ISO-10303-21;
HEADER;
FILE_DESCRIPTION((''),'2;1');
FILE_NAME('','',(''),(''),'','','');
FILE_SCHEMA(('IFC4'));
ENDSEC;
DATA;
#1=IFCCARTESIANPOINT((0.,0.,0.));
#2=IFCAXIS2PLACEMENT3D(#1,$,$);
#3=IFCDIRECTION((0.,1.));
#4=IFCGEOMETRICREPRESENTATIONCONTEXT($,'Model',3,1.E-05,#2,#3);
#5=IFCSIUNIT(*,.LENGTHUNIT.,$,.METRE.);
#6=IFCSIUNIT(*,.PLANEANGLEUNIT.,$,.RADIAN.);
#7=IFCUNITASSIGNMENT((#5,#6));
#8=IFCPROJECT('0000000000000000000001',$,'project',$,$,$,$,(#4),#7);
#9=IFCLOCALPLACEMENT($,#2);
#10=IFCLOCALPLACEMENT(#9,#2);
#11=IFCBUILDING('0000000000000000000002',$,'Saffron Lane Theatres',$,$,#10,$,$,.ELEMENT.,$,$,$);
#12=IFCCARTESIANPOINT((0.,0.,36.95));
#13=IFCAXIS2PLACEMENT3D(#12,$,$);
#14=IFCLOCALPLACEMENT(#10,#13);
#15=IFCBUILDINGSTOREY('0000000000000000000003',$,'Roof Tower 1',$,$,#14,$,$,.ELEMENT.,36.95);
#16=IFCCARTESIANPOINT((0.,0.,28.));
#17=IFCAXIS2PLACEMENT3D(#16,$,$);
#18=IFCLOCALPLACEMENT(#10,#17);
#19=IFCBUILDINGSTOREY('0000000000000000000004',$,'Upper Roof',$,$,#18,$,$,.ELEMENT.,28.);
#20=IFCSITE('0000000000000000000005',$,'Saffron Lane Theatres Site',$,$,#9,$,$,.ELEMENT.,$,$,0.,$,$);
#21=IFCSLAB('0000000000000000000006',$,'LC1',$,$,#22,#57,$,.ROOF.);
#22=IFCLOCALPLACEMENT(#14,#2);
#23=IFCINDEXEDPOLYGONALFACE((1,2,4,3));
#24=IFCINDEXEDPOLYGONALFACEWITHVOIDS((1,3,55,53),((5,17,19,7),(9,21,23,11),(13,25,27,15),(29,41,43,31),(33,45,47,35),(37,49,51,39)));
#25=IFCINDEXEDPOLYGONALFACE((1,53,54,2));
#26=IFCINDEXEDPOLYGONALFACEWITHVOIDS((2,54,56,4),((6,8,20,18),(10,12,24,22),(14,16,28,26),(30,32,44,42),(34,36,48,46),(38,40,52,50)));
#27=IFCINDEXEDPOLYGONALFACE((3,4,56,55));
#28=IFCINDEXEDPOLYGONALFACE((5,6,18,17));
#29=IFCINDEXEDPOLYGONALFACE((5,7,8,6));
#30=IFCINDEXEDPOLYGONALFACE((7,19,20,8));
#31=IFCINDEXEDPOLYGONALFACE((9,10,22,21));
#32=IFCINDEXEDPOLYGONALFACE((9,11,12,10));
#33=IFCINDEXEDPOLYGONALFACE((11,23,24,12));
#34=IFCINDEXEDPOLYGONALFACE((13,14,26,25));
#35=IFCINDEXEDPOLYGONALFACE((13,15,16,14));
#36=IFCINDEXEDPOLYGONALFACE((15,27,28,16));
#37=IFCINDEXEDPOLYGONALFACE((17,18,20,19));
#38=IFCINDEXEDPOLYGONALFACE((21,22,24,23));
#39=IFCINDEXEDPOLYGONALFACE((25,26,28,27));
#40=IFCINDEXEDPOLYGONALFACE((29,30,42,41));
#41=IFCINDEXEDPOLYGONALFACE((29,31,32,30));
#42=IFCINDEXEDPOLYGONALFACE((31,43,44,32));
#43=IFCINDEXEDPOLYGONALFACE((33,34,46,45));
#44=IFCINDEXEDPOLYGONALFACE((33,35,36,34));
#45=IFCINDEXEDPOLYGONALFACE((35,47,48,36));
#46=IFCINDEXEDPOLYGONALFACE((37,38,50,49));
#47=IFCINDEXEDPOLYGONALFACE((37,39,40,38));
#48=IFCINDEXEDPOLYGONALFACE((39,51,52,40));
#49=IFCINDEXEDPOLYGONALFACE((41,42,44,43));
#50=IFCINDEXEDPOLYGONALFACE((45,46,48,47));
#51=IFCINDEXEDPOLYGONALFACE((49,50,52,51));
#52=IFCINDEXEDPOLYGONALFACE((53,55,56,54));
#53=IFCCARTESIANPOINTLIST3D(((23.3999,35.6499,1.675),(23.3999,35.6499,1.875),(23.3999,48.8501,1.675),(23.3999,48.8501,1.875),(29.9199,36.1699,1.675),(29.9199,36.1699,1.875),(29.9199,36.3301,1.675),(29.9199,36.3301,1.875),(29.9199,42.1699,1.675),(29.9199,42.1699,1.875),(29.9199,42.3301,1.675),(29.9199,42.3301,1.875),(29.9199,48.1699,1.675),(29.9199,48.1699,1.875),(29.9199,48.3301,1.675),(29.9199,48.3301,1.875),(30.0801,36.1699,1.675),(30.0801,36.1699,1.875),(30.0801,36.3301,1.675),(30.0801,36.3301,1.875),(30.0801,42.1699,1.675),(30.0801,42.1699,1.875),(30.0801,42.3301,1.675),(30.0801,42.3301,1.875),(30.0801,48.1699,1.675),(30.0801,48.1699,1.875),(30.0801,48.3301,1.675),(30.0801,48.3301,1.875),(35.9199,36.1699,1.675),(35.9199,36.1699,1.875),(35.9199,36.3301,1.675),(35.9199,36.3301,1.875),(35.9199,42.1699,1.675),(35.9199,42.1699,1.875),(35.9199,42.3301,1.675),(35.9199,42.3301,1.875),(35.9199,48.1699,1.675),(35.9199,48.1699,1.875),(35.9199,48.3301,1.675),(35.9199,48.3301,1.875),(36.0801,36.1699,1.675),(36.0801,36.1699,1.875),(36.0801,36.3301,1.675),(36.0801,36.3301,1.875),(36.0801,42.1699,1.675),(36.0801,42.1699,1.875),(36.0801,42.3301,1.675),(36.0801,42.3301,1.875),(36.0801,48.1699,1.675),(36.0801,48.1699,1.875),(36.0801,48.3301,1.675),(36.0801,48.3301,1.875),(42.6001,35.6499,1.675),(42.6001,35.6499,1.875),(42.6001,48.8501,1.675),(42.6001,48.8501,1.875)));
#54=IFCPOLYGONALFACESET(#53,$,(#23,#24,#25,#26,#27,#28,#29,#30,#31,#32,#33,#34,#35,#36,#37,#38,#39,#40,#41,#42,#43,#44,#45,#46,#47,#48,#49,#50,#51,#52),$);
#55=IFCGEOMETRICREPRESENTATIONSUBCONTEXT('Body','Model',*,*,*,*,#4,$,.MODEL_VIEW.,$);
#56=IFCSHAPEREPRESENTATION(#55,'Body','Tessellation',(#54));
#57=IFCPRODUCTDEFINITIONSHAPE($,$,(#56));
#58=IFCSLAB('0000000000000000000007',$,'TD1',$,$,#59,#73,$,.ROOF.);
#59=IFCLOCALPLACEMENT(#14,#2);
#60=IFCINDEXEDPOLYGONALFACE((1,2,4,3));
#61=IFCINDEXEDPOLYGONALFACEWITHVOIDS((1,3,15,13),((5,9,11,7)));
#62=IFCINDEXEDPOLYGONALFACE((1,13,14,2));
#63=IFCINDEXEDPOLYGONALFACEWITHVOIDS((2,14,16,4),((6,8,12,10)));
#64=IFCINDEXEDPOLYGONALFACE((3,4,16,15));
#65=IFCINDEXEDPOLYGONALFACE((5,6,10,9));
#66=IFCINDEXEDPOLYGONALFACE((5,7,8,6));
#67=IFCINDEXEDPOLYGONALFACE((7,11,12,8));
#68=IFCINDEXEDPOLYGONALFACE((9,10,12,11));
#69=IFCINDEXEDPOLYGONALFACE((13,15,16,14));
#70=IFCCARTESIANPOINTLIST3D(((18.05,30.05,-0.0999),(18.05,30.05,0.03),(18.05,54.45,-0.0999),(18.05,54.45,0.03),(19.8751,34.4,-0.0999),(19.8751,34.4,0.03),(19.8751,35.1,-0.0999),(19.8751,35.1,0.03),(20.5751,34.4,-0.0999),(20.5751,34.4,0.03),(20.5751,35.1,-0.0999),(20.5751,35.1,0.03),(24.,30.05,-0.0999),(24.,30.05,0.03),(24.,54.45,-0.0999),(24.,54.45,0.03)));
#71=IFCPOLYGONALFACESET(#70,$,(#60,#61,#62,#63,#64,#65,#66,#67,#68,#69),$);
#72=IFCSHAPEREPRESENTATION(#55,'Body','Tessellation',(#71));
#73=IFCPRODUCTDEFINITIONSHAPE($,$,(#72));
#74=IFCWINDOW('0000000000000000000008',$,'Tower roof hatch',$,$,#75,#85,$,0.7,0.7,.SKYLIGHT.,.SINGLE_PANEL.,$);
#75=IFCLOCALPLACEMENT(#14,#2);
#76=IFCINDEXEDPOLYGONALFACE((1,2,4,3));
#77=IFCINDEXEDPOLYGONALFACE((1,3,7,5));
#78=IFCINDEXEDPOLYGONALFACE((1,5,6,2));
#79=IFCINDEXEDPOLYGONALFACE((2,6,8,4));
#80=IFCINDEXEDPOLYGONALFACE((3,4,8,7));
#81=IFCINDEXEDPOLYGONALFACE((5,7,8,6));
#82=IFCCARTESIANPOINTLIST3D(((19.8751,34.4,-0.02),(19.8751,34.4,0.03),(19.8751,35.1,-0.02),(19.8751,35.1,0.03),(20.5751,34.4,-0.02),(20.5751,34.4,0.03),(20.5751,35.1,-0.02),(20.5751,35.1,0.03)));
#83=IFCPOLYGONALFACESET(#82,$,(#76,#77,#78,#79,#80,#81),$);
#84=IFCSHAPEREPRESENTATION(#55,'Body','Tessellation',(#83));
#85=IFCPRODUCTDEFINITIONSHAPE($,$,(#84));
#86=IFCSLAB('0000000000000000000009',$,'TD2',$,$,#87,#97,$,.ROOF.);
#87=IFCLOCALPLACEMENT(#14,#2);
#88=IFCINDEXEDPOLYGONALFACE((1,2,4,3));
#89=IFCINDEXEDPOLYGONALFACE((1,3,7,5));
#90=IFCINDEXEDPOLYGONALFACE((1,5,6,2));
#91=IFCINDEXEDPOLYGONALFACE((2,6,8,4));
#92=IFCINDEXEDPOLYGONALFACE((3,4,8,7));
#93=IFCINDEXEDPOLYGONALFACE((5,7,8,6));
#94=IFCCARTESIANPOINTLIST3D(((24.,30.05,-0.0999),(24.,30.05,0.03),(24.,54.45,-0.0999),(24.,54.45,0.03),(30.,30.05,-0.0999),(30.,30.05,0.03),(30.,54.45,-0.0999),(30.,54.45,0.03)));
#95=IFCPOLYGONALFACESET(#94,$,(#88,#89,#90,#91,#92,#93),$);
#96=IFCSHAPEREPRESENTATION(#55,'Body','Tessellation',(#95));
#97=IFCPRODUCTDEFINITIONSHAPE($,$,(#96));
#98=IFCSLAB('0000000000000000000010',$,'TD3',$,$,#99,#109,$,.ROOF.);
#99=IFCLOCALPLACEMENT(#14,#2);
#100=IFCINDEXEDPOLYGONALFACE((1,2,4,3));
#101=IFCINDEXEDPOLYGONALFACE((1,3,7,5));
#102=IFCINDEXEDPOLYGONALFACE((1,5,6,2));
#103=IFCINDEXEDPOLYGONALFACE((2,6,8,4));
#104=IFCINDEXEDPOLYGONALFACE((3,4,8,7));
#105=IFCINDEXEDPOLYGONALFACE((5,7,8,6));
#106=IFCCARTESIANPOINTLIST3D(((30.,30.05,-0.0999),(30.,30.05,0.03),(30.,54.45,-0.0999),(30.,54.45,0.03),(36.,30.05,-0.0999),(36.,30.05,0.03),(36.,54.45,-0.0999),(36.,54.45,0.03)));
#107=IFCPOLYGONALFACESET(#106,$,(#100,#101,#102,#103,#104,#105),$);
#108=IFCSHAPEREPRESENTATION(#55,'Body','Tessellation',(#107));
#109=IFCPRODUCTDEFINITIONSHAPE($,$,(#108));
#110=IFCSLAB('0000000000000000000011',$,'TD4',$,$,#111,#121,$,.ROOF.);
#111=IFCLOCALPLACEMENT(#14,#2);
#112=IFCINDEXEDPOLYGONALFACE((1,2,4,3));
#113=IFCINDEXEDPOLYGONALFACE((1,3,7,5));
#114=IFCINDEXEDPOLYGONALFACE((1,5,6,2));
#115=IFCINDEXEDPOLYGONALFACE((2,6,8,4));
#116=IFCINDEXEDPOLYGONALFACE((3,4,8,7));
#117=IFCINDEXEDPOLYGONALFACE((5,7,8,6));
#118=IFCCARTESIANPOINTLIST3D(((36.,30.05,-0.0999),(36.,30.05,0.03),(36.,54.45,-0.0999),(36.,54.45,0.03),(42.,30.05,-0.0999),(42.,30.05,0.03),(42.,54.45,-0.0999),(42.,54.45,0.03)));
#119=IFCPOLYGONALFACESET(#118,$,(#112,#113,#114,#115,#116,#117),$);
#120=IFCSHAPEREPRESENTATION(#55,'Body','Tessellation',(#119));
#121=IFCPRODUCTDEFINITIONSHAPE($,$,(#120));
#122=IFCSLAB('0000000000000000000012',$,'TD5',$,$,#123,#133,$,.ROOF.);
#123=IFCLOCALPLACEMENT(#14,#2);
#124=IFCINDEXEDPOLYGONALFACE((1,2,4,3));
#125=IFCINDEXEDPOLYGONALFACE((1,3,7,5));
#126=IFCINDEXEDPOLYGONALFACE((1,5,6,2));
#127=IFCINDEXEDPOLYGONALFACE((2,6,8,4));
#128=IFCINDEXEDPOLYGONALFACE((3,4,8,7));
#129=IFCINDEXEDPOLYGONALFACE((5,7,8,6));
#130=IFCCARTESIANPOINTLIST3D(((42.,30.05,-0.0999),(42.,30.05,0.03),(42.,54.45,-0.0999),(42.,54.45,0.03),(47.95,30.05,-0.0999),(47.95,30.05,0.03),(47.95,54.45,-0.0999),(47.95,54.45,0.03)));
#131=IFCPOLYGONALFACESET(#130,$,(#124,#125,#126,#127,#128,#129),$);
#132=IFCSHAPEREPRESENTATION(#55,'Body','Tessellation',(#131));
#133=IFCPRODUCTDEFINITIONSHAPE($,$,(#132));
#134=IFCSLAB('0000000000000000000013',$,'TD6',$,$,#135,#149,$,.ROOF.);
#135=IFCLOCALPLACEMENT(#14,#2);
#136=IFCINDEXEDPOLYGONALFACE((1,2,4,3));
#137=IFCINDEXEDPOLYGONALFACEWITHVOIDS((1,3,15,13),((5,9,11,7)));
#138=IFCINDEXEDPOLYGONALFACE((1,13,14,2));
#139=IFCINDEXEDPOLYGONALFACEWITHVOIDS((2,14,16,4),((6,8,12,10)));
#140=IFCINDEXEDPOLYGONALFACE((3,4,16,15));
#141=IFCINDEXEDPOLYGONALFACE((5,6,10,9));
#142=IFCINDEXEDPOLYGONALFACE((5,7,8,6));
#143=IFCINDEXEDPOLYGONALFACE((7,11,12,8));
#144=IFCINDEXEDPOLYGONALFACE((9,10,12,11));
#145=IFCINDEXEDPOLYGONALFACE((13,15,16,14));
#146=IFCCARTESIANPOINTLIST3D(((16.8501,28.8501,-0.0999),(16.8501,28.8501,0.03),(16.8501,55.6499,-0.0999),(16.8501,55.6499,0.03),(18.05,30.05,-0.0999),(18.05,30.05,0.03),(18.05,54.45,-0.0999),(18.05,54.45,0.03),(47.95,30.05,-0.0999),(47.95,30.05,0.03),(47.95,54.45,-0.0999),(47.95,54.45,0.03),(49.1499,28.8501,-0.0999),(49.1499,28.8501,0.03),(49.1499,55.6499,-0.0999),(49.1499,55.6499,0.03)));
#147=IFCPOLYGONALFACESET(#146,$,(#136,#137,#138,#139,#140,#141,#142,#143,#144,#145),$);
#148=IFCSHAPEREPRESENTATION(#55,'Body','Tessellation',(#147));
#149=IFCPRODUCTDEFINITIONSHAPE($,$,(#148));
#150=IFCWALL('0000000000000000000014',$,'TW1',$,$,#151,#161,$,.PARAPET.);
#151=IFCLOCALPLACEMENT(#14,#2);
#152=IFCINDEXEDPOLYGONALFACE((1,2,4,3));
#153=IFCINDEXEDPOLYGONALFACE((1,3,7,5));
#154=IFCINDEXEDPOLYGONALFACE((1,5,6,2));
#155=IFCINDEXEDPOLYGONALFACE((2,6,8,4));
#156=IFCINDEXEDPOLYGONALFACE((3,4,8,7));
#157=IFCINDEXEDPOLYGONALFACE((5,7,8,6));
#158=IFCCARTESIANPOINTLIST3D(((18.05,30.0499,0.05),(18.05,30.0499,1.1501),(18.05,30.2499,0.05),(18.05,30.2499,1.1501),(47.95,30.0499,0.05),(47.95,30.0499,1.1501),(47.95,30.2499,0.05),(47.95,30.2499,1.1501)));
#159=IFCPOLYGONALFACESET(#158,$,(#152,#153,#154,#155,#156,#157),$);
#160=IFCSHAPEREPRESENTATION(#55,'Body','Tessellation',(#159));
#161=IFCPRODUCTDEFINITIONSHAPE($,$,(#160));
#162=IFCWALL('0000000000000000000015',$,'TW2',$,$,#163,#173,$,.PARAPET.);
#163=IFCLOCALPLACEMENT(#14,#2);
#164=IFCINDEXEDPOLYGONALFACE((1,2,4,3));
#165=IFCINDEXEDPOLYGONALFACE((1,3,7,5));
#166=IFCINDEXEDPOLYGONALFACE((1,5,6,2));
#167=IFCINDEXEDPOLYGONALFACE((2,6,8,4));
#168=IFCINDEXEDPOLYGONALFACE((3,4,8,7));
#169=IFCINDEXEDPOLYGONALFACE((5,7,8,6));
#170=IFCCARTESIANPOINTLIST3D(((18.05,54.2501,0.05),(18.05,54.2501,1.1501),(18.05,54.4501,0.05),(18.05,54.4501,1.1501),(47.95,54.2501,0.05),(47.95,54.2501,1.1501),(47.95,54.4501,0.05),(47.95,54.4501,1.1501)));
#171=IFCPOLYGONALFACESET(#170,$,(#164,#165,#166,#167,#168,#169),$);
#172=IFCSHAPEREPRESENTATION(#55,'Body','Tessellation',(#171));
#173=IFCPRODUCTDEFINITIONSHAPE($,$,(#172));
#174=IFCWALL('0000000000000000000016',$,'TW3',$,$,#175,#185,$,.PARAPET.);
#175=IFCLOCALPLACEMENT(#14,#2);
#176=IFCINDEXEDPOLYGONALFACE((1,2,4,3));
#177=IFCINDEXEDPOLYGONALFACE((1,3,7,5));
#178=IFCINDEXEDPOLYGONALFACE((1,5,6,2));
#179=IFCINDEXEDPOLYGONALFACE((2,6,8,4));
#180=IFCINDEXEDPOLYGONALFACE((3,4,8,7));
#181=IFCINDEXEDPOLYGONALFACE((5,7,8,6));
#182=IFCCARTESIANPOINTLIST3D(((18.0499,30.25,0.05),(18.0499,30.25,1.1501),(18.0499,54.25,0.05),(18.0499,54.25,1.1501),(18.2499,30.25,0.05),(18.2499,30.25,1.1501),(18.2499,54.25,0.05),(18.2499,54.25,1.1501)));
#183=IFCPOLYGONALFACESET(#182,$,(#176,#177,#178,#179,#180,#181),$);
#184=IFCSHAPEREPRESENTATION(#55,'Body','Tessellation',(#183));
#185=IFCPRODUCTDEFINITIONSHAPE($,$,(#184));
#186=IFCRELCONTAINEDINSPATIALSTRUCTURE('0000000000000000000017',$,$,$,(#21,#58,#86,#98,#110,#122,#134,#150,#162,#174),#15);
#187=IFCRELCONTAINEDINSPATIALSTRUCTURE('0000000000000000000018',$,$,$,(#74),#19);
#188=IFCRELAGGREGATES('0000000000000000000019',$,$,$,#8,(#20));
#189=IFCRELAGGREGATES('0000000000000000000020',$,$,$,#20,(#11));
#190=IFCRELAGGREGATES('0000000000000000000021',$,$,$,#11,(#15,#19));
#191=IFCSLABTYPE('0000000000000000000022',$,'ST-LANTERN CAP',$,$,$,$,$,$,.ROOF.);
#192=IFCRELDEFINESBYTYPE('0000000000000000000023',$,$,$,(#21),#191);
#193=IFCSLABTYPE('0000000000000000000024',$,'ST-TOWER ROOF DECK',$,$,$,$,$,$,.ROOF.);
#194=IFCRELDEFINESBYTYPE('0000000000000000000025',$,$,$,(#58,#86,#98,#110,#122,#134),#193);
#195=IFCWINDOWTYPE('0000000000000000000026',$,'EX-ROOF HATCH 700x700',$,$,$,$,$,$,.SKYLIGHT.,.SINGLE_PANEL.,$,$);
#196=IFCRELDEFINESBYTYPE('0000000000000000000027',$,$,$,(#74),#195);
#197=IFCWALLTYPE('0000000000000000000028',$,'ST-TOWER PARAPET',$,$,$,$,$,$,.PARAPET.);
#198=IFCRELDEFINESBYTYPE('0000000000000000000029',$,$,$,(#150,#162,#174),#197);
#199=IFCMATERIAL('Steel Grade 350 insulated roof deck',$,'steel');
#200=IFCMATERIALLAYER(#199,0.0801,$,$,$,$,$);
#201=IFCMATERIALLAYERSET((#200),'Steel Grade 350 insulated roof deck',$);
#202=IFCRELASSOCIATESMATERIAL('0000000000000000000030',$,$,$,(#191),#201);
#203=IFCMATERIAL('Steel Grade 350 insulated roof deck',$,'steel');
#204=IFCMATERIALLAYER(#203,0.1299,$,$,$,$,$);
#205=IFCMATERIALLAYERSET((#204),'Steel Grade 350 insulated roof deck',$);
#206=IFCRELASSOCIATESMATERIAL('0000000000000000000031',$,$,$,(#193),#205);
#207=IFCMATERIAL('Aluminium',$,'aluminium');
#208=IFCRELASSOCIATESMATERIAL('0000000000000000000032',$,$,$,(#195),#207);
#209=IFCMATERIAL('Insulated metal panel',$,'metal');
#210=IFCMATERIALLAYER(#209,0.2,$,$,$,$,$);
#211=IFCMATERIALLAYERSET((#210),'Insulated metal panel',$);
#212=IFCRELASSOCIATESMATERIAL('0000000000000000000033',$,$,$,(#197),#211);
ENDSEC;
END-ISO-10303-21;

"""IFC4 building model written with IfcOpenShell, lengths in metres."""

from ifc_helpers import new_model, si_unit, direction, frame, frame_2d, origin, origin_2d, place, context, subcontext, project, spatial, polyline, rectangle, outline, extrude, material, layer, layer_set, type_object, element, fill, save


model = new_model("IFC4")

# Units and contexts
model_context = context("Model", 3, precision=1e-05, world=origin(), true_north=direction((0.0, 1.0)))
body_context = subcontext(model_context, "Body", "Model", "MODEL_VIEW")
ifc_project = project(units=[si_unit("LENGTHUNIT", "METRE"), si_unit("PLANEANGLEUNIT", "RADIAN")], contexts=[model_context])

# Site, building, storey
site_placement = place(None, origin())
site = spatial("IfcSite", under=ifc_project, at=site_placement, Name="Saffron Lane Theatres Site", CompositionType="ELEMENT", RefElevation=0.0)
building_placement = place(site_placement, origin())
building = spatial("IfcBuilding", under=site, at=building_placement, Name="Saffron Lane Theatres", CompositionType="ELEMENT")
storey_1_placement = place(building_placement, frame((0.0, 0.0, 36.95)))
storey_1 = spatial("IfcBuildingStorey", under=building, at=storey_1_placement, Name="Roof Tower 1", CompositionType="ELEMENT", Elevation=36.95)

# Slab
ifc_material_1 = material(Name="Steel Grade 350 insulated roof deck", Category="steel")
ifc_layer_1 = layer(ifc_material_1, 0.0801)
ifc_layer_set_1 = layer_set([ifc_layer_1], Name="Steel Grade 350 insulated roof deck")
slab_type_1 = type_object("IfcSlabType", Name="ST-LANTERN CAP", PredefinedType="ROOF", material=ifc_layer_set_1)
slab_1_placement = place(storey_1_placement, frame((0.0, 0.0, 1.675)))
element("IfcSlab", 1, at=slab_1_placement, inside=storey_1, type_object=slab_type_1, Name="LC1", PredefinedType="ROOF", context=body_context, shape_type="SweptSolid", body=[
    extrude(outline(polyline([(23.3999, 35.6499), (42.6001, 35.6499), (42.6001, 48.8501), (23.3999, 48.8501), (23.3999, 35.6499)]), holes=[polyline([(29.9199, 36.1699), (30.0801, 36.1699), (30.0801, 36.3301), (29.9199, 36.3301), (29.9199, 36.1699)]), polyline([(29.9199, 42.1699), (30.0801, 42.1699), (30.0801, 42.3301), (29.9199, 42.3301), (29.9199, 42.1699)]), polyline([(29.9199, 48.1699), (30.0801, 48.1699), (30.0801, 48.3301), (29.9199, 48.3301), (29.9199, 48.1699)]), polyline([(35.9199, 36.1699), (36.0801, 36.1699), (36.0801, 36.3301), (35.9199, 36.3301), (35.9199, 36.1699)]), polyline([(35.9199, 42.1699), (36.0801, 42.1699), (36.0801, 42.3301), (35.9199, 42.3301), (35.9199, 42.1699)]), polyline([(35.9199, 48.1699), (36.0801, 48.1699), (36.0801, 48.3301), (35.9199, 48.3301), (35.9199, 48.1699)])]), origin(), (0.0, 0.0, 1.0), 0.2),
])

# Slab, opening
ifc_material_2 = material(Name="Steel Grade 350 insulated roof deck", Category="steel")
ifc_layer_2 = layer(ifc_material_2, 0.1299)
ifc_layer_set_2 = layer_set([ifc_layer_2], Name="Steel Grade 350 insulated roof deck")
slab_type_2 = type_object("IfcSlabType", Name="ST-TOWER ROOF DECK", PredefinedType="ROOF", material=ifc_layer_set_2)
slab_2_placement = place(storey_1_placement, frame((0.0, 0.0, -0.0999)))
slab_2 = element("IfcSlab", 2, at=slab_2_placement, inside=storey_1, type_object=slab_type_2, Name="TD1", PredefinedType="ROOF", context=body_context, shape_type="SweptSolid", body=[
    extrude(outline(polyline([(18.05, 30.05), (24.0, 30.05), (24.0, 54.45), (18.05, 54.45), (18.05, 30.05)])), origin(), (0.0, 0.0, 1.0), 0.1299),
])
opening_placement = place(slab_2_placement, frame((20.2251, 34.75, 0.0)))
opening = element("IfcOpeningElement", 3, at=opening_placement, cuts=slab_2, PredefinedType="OPENING", context=body_context, shape_type="SweptSolid", body=[
    extrude(rectangle(XDim=0.7, YDim=0.7, at=origin_2d()), origin(), (0.0, 0.0, 1.0), 0.1299),
])

# Shared definitions
storey_2_placement = place(building_placement, frame((0.0, 0.0, 28.0)))
storey_2 = spatial("IfcBuildingStorey", under=building, at=storey_2_placement, Name="Upper Roof", CompositionType="ELEMENT", Elevation=28.0)

# Window
ifc_material_3 = material(Name="Aluminium", Category="aluminium")
window_type = type_object("IfcWindowType", Name="EX-ROOF HATCH 700x700", PartitioningType="SINGLE_PANEL", PredefinedType="SKYLIGHT", material=ifc_material_3)
window_placement = place(opening_placement, frame((0.0, 0.0, 0.0798)))
window = element("IfcWindow", 4, at=window_placement, inside=storey_2, type_object=window_type, Name="Tower roof hatch", OverallHeight=0.7, OverallWidth=0.7, PartitioningType="SINGLE_PANEL", PredefinedType="SKYLIGHT", context=body_context, shape_type="SweptSolid", body=[
    extrude(rectangle(XDim=0.7, YDim=0.7, at=origin_2d()), origin(), (0.0, 0.0, 1.0), 0.05),
])
fill(opening, window)

# Slabs
slab_3_placement = place(storey_1_placement, frame((0.0, 0.0, -0.0999)))
element("IfcSlab", 5, at=slab_3_placement, inside=storey_1, type_object=slab_type_2, Name="TD2", PredefinedType="ROOF", context=body_context, shape_type="SweptSolid", body=[
    extrude(outline(polyline([(24.0, 30.05), (30.0, 30.05), (30.0, 54.45), (24.0, 54.45), (24.0, 30.05)])), origin(), (0.0, 0.0, 1.0), 0.1299),
])
slab_4_placement = place(storey_1_placement, frame((0.0, 0.0, -0.0999)))
element("IfcSlab", 6, at=slab_4_placement, inside=storey_1, type_object=slab_type_2, Name="TD3", PredefinedType="ROOF", context=body_context, shape_type="SweptSolid", body=[
    extrude(outline(polyline([(30.0, 30.05), (36.0, 30.05), (36.0, 54.45), (30.0, 54.45), (30.0, 30.05)])), origin(), (0.0, 0.0, 1.0), 0.1299),
])
slab_5_placement = place(storey_1_placement, frame((0.0, 0.0, -0.0999)))
element("IfcSlab", 7, at=slab_5_placement, inside=storey_1, type_object=slab_type_2, Name="TD4", PredefinedType="ROOF", context=body_context, shape_type="SweptSolid", body=[
    extrude(outline(polyline([(36.0, 30.05), (42.0, 30.05), (42.0, 54.45), (36.0, 54.45), (36.0, 30.05)])), origin(), (0.0, 0.0, 1.0), 0.1299),
])
slab_6_placement = place(storey_1_placement, frame((0.0, 0.0, -0.0999)))
element("IfcSlab", 8, at=slab_6_placement, inside=storey_1, type_object=slab_type_2, Name="TD5", PredefinedType="ROOF", context=body_context, shape_type="SweptSolid", body=[
    extrude(outline(polyline([(42.0, 30.05), (47.95, 30.05), (47.95, 54.45), (42.0, 54.45), (42.0, 30.05)])), origin(), (0.0, 0.0, 1.0), 0.1299),
])
slab_7_placement = place(storey_1_placement, frame((0.0, 0.0, -0.0999)))
element("IfcSlab", 9, at=slab_7_placement, inside=storey_1, type_object=slab_type_2, Name="TD6", PredefinedType="ROOF", context=body_context, shape_type="SweptSolid", body=[
    extrude(outline(polyline([(16.8501, 28.8501), (49.1499, 28.8501), (49.1499, 55.6499), (16.8501, 55.6499), (16.8501, 28.8501)]), holes=[polyline([(18.05, 30.05), (47.95, 30.05), (47.95, 54.45), (18.05, 54.45), (18.05, 30.05)])]), origin(), (0.0, 0.0, 1.0), 0.1299),
])

# Walls
ifc_material_4 = material(Name="Insulated metal panel", Category="metal")
ifc_layer_3 = layer(ifc_material_4, 0.2)
ifc_layer_set_3 = layer_set([ifc_layer_3], Name="Insulated metal panel")
wall_type = type_object("IfcWallType", Name="ST-TOWER PARAPET", PredefinedType="PARAPET", material=ifc_layer_set_3)
for number, where, z_axis, x_axis, name in (
    (10, (18.05, 30.1499, 0.05), (0.0, 0.0, 1.0), (1.0, 0.0, 0.0), "TW1"),
    (11, (18.05, 54.3501, 0.05), (0.0, 0.0, 1.0), (1.0, 0.0, 0.0), "TW2"),
):
    element("IfcWall", number, at=place(storey_1_placement, frame(where, z_axis=z_axis, x_axis=x_axis)), inside=storey_1, type_object=wall_type, Name=name, PredefinedType="PARAPET", context=body_context, shape_type="SweptSolid", body=[
        extrude(rectangle(XDim=29.8999, YDim=0.2, at=frame_2d((14.95, 0.0))), origin(), (0.0, 0.0, 1.0), 1.1001),
    ])
for number, where, z_axis, x_axis, name in (
    (12, (18.1499, 30.25, 0.05), (0.0, 0.0, 1.0), (0.0, 1.0, 0.0), "TW3"),
):
    element("IfcWall", number, at=place(storey_1_placement, frame(where, z_axis=z_axis, x_axis=x_axis)), inside=storey_1, type_object=wall_type, Name=name, PredefinedType="PARAPET", context=body_context, shape_type="SweptSolid", body=[
        extrude(rectangle(XDim=24.0, YDim=0.2, at=frame_2d((12.0, 0.0))), origin(), (0.0, 0.0, 1.0), 1.1001),
    ])

save(model, "model.ifc")
